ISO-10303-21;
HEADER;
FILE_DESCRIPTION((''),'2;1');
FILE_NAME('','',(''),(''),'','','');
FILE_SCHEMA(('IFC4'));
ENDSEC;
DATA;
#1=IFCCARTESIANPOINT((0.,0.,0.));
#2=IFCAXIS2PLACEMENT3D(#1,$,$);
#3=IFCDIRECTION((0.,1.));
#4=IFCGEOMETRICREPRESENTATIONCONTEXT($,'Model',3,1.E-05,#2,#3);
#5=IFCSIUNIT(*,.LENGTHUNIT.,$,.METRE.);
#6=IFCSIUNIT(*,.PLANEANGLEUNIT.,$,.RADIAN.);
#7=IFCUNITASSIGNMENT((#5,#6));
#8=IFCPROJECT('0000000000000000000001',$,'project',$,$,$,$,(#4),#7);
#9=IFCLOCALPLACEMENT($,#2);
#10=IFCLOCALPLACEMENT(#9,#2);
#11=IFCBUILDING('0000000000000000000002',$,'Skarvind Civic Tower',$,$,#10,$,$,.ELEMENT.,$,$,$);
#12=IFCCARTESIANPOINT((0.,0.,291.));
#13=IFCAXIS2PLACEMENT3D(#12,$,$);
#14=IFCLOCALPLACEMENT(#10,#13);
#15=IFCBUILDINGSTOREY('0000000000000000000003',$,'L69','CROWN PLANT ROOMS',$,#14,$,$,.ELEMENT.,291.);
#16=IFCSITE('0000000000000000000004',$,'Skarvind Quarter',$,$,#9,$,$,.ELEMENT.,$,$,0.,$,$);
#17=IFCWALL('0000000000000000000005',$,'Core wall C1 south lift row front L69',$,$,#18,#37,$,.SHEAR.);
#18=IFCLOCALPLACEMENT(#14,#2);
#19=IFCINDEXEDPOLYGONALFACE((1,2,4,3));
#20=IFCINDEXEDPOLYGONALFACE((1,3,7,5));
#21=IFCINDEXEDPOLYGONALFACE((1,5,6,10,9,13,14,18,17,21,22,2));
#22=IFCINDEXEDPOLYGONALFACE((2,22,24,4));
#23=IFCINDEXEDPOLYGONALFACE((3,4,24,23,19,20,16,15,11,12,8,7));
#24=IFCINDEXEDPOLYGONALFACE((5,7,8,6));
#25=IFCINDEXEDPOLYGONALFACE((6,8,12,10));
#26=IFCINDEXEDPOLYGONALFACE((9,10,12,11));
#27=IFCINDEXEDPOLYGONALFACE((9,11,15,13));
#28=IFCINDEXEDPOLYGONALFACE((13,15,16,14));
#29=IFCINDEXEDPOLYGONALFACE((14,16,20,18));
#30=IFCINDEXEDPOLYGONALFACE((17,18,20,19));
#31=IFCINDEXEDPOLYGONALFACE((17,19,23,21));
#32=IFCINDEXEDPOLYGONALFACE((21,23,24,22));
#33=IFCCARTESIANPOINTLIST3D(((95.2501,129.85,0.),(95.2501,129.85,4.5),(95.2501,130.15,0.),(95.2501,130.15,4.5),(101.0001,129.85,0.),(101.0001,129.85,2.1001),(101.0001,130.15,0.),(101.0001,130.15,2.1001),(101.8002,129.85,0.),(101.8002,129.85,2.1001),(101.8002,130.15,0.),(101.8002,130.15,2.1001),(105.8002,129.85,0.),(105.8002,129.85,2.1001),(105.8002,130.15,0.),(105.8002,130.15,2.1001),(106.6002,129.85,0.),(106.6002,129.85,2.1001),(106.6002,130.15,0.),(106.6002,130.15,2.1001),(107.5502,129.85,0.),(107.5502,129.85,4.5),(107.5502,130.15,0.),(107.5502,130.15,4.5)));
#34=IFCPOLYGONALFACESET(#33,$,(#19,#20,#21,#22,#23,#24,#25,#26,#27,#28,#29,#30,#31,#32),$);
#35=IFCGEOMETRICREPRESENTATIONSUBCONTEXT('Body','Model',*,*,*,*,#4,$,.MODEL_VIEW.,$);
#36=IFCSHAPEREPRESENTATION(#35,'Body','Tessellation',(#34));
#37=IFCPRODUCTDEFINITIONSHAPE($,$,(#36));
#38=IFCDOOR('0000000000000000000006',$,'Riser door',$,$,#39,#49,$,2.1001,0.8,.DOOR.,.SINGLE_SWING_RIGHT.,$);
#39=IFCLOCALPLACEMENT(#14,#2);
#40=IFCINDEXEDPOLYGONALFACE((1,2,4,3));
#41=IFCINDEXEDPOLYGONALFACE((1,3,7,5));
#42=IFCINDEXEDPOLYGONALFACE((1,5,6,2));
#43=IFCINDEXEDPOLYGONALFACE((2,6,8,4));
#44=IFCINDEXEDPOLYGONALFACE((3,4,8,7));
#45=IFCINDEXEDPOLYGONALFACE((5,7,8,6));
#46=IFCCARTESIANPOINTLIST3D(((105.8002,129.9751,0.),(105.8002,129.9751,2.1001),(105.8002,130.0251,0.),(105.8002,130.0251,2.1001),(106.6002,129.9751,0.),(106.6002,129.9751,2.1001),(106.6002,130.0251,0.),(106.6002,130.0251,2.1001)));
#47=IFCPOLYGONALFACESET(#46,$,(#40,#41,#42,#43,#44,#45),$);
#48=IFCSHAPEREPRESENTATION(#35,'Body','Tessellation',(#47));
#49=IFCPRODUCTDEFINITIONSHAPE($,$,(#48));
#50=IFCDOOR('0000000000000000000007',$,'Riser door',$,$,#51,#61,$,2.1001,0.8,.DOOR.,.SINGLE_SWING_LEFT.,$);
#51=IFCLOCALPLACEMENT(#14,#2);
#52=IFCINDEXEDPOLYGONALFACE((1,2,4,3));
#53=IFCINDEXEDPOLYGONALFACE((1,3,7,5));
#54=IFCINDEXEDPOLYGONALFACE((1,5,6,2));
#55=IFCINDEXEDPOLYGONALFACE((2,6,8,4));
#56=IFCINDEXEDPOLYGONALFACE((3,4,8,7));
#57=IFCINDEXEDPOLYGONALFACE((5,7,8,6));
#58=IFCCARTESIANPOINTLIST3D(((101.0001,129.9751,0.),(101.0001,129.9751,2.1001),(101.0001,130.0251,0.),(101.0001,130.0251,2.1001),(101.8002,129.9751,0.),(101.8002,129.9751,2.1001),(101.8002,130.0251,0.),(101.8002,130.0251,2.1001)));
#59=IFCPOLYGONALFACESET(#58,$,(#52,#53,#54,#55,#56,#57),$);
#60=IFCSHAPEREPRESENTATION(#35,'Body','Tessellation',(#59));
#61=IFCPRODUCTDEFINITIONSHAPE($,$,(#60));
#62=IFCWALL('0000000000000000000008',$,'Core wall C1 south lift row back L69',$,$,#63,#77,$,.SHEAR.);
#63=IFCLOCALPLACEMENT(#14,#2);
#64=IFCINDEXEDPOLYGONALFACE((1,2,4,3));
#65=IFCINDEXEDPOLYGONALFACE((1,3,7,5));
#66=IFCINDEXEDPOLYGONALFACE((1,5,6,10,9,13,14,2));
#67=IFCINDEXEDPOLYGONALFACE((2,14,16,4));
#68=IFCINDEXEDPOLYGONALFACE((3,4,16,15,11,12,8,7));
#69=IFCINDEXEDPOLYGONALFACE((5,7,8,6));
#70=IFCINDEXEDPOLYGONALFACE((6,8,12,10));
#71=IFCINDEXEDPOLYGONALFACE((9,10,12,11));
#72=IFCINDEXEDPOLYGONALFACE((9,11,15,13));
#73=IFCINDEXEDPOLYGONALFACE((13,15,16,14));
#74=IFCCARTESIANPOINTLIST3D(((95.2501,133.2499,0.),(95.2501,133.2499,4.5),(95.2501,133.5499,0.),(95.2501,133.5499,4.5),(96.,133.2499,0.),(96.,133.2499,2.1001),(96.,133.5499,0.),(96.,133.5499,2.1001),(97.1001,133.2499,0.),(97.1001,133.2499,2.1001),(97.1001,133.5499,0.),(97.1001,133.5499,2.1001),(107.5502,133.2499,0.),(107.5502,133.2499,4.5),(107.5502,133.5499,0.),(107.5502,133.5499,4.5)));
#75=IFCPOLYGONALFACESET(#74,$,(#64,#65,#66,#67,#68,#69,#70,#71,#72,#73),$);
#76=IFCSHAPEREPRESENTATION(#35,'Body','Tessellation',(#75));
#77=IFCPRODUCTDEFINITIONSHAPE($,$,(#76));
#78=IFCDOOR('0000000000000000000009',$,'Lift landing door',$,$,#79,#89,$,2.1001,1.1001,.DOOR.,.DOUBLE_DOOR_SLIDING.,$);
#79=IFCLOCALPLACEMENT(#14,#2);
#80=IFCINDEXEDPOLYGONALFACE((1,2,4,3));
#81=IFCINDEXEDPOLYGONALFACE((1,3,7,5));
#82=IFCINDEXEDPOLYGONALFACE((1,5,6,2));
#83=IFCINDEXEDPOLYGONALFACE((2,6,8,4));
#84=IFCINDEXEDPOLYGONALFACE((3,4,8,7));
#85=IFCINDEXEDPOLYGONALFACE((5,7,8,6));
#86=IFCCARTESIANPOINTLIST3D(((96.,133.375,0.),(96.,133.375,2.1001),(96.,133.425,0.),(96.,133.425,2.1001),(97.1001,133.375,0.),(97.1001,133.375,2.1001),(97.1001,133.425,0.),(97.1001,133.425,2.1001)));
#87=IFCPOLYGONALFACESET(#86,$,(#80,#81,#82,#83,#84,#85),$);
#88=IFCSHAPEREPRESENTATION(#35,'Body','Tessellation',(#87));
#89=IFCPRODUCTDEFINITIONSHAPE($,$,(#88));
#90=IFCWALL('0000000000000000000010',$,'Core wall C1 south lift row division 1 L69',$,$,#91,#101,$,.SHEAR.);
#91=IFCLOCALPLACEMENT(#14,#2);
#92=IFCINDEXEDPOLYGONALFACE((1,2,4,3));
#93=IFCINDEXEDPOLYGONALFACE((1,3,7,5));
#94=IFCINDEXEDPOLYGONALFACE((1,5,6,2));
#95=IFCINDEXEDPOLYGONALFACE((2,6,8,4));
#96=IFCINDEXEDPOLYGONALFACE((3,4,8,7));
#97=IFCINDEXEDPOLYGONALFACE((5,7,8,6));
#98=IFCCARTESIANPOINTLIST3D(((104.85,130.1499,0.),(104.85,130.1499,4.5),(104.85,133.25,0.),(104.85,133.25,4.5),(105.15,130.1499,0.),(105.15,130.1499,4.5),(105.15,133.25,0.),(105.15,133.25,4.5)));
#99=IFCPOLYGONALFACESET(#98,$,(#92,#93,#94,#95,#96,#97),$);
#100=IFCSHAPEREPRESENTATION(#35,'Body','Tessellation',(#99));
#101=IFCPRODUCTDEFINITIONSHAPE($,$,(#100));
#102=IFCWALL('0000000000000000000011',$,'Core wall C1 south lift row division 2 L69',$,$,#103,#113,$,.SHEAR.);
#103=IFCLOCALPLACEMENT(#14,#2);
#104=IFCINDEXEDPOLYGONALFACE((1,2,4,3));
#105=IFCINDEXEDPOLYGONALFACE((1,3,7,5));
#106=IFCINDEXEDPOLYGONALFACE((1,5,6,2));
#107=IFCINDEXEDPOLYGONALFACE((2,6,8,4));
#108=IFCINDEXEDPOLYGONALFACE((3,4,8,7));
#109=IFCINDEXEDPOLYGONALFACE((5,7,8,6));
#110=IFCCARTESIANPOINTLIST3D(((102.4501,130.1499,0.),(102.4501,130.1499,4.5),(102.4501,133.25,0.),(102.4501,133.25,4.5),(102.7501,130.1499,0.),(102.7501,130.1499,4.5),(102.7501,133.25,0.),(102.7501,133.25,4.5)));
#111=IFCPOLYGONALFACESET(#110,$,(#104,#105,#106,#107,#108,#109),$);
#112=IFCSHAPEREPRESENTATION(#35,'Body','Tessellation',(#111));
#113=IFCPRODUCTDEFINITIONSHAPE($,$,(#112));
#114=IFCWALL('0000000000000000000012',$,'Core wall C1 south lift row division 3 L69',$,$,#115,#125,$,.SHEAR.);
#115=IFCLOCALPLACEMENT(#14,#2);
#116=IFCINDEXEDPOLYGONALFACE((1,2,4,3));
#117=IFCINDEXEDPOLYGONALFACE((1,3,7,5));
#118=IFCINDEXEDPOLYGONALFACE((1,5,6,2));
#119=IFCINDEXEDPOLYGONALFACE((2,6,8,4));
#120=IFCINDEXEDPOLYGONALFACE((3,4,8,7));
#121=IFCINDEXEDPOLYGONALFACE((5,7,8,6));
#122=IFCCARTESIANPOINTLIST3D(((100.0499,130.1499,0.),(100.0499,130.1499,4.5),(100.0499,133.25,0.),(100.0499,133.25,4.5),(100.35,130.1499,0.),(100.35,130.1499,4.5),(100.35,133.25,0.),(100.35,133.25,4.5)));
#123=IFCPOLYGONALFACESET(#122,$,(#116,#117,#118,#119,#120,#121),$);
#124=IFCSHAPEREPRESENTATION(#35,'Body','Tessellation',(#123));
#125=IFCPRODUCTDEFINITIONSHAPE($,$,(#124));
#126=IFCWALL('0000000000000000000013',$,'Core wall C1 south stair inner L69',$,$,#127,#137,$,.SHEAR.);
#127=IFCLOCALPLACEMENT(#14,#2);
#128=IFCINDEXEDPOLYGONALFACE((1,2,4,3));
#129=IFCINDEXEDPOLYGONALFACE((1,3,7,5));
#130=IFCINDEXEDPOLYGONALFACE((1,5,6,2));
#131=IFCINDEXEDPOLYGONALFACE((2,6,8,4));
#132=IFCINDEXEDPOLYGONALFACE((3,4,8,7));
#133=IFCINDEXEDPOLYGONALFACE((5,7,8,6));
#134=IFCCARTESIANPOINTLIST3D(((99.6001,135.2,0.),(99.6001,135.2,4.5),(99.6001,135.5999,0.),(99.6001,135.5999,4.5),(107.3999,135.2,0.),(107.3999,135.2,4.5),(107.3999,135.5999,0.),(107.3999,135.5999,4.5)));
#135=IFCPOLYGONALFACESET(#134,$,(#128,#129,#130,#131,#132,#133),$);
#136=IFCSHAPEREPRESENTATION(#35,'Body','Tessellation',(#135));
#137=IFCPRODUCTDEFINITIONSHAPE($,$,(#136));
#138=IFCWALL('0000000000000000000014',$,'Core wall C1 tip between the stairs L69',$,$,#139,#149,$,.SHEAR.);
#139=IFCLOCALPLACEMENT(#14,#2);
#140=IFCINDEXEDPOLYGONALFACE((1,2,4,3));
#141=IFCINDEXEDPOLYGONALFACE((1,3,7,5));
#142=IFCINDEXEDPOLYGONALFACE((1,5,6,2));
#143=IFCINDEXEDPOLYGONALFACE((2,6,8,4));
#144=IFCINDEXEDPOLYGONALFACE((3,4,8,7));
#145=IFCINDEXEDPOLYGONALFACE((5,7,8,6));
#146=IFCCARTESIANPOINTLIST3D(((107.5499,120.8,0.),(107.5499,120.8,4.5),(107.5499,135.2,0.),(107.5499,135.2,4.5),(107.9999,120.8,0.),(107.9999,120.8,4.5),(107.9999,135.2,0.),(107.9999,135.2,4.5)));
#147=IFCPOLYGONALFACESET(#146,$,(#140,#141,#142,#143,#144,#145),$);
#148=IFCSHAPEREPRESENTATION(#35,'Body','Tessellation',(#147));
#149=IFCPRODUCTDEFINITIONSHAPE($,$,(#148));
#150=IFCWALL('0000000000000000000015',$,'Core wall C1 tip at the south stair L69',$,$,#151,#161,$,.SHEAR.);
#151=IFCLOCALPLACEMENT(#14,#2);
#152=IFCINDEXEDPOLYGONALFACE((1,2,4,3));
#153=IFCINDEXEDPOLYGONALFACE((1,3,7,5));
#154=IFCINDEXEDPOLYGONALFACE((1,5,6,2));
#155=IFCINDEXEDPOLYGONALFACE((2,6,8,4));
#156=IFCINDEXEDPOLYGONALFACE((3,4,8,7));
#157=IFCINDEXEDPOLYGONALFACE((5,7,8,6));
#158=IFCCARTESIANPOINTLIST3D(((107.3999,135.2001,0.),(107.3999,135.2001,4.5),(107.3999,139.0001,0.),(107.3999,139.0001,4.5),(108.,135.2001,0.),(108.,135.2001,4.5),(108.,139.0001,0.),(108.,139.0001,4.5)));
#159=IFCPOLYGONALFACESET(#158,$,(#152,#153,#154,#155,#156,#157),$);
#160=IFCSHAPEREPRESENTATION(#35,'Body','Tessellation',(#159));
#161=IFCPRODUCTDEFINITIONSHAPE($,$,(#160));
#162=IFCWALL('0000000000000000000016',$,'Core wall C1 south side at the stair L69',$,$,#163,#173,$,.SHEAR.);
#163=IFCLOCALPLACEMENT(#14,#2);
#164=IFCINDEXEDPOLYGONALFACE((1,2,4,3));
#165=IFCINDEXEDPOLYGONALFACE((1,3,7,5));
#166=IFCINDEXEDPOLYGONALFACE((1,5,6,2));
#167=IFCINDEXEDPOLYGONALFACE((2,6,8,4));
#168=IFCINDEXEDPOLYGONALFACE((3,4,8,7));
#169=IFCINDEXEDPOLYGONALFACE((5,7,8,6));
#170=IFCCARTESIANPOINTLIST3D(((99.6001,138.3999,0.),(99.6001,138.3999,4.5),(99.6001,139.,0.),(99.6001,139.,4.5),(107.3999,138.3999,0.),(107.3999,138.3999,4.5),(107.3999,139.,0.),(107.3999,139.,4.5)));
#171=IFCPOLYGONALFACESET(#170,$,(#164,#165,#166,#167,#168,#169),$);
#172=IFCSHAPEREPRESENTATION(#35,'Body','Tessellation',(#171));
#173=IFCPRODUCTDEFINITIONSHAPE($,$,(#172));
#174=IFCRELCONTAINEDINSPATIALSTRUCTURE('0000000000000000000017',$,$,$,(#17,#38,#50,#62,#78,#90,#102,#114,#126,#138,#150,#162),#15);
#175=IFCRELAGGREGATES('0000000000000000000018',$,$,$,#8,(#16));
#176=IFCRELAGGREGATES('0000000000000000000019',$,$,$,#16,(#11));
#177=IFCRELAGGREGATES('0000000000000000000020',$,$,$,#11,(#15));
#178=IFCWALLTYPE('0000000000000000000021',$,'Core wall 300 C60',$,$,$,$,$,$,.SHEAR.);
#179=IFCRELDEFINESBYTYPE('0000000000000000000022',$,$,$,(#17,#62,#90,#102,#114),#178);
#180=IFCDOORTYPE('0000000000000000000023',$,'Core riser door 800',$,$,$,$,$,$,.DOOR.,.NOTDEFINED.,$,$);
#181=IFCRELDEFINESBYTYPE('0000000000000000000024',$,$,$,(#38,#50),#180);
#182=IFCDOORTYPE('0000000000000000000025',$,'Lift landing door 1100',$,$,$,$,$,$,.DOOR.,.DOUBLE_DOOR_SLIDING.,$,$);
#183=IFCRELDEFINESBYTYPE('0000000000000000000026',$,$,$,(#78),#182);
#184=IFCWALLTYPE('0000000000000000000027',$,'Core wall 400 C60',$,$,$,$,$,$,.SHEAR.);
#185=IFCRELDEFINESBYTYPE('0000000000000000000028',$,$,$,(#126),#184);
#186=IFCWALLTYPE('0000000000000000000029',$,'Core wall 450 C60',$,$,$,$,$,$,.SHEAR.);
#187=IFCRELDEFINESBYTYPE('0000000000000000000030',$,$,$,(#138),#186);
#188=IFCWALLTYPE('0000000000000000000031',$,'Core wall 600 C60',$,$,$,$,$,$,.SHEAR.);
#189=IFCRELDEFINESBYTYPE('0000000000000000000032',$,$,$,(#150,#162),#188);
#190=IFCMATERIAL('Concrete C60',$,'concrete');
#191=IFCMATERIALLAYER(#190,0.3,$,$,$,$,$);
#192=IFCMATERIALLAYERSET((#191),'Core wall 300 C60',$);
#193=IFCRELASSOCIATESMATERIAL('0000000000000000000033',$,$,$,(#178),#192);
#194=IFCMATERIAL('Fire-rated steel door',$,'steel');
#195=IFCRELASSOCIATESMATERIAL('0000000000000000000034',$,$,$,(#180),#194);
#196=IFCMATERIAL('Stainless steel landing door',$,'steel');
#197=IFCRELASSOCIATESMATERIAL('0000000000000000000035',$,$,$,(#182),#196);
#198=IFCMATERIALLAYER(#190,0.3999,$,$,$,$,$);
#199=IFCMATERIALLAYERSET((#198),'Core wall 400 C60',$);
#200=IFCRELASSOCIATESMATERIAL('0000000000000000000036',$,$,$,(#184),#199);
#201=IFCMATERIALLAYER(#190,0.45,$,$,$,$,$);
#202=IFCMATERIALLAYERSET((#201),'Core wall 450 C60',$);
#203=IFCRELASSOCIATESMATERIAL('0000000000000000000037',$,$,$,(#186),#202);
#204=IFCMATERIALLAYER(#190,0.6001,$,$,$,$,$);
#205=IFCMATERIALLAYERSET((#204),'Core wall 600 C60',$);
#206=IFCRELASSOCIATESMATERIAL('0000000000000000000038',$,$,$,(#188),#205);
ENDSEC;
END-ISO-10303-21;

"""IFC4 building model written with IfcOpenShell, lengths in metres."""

from ifc_helpers import new_model, si_unit, direction, frame, frame_2d, origin, place, context, subcontext, project, spatial, rectangle, extrude, material, layer, layer_set, type_object, element, fill, save


model = new_model("IFC4")

# Units and contexts
model_context = context("Model", 3, precision=1e-05, world=origin(), true_north=direction((0.0, 1.0)))
body_context = subcontext(model_context, "Body", "Model", "MODEL_VIEW")
ifc_project = project(units=[si_unit("LENGTHUNIT", "METRE"), si_unit("PLANEANGLEUNIT", "RADIAN")], contexts=[model_context])

# Site, building, storey
site_placement = place(None, origin())
site = spatial("IfcSite", under=ifc_project, at=site_placement, Name="Skarvind Quarter", CompositionType="ELEMENT", RefElevation=0.0)
building_placement = place(site_placement, origin())
building = spatial("IfcBuilding", under=site, at=building_placement, Name="Skarvind Civic Tower", CompositionType="ELEMENT")
storey_placement = place(building_placement, frame((0.0, 0.0, 291.0)))
storey = spatial("IfcBuildingStorey", under=building, at=storey_placement, Name="L69", Description="CROWN PLANT ROOMS", CompositionType="ELEMENT", Elevation=291.0)

# Wall, openings, doors
ifc_material_1 = material(Name="Concrete C60", Category="concrete")
ifc_layer_1 = layer(ifc_material_1, 0.3)
ifc_layer_set_1 = layer_set([ifc_layer_1], Name="Core wall 300 C60")
wall_type_1 = type_object("IfcWallType", Name="Core wall 300 C60", PredefinedType="SHEAR", material=ifc_layer_set_1)
wall_1_placement = place(storey_placement, frame((107.55, 130.0, 0.0), z_axis=(0.0, 0.0, 1.0), x_axis=(-1.0, 0.0, 0.0)))
wall_1 = element("IfcWall", 1, at=wall_1_placement, inside=storey, type_object=wall_type_1, Name="Core wall C1 south lift row front L69", PredefinedType="SHEAR", context=body_context, shape_type="SweptSolid", body=[
    extrude(rectangle(XDim=12.3, YDim=0.3, at=frame_2d((6.1499, 0.0))), origin(), (0.0, 0.0, 1.0), 4.5),
])
opening_1_placement = place(wall_1_placement, frame((0.95, 0.0, 0.0)))
opening_1 = element("IfcOpeningElement", 2, at=opening_1_placement, cuts=wall_1, PredefinedType="OPENING", context=body_context, shape_type="SweptSolid", body=[
    extrude(rectangle(XDim=0.8, YDim=2.1001, at=frame_2d((0.3999, 1.05))), frame((0.0, 0.1599, 0.0), z_axis=(0.0, -1.0, 0.0), x_axis=(1.0, 0.0, 0.0)), (0.0, 0.0, 1.0), 0.3201),
])
opening_2_placement = place(wall_1_placement, frame((5.75, 0.0, 0.0)))
opening_2 = element("IfcOpeningElement", 3, at=opening_2_placement, cuts=wall_1, PredefinedType="OPENING", context=body_context, shape_type="SweptSolid", body=[
    extrude(rectangle(XDim=0.8, YDim=2.1001, at=frame_2d((0.3999, 1.05))), frame((0.0, 0.1599, 0.0), z_axis=(0.0, -1.0, 0.0), x_axis=(1.0, 0.0, 0.0)), (0.0, 0.0, 1.0), 0.3201),
])
ifc_material_2 = material(Name="Fire-rated steel door", Category="steel")
door_type_1 = type_object("IfcDoorType", Name="Core riser door 800", OperationType="NOTDEFINED", PredefinedType="DOOR", material=ifc_material_2)
door_1_placement = place(opening_1_placement, origin())
door_1 = element("IfcDoor", 4, at=door_1_placement, inside=storey, type_object=door_type_1, Name="Riser door", OperationType="SINGLE_SWING_RIGHT", OverallHeight=2.1001, OverallWidth=0.8, PredefinedType="DOOR", context=body_context, shape_type="SweptSolid", body=[
    extrude(rectangle(XDim=0.8, YDim=2.1001, at=frame_2d((0.3999, 1.05))), frame((0.0, 0.0249, 0.0), z_axis=(0.0, -1.0, 0.0), x_axis=(1.0, 0.0, 0.0)), (0.0, 0.0, 1.0), 0.05),
])
fill(opening_1, door_1)
door_2_placement = place(opening_2_placement, origin())
door_2 = element("IfcDoor", 5, at=door_2_placement, inside=storey, type_object=door_type_1, Name="Riser door", OperationType="SINGLE_SWING_LEFT", OverallHeight=2.1001, OverallWidth=0.8, PredefinedType="DOOR", context=body_context, shape_type="SweptSolid", body=[
    extrude(rectangle(XDim=0.8, YDim=2.1001, at=frame_2d((0.3999, 1.05))), frame((0.0, 0.0249, 0.0), z_axis=(0.0, -1.0, 0.0), x_axis=(1.0, 0.0, 0.0)), (0.0, 0.0, 1.0), 0.05),
])
fill(opening_2, door_2)

# Wall, opening, door
wall_2_placement = place(storey_placement, frame((107.55, 133.3999, 0.0), z_axis=(0.0, 0.0, 1.0), x_axis=(-1.0, 0.0, 0.0)))
wall_2 = element("IfcWall", 6, at=wall_2_placement, inside=storey, type_object=wall_type_1, Name="Core wall C1 south lift row back L69", PredefinedType="SHEAR", context=body_context, shape_type="SweptSolid", body=[
    extrude(rectangle(XDim=12.3, YDim=0.3, at=frame_2d((6.1499, 0.0))), origin(), (0.0, 0.0, 1.0), 4.5),
])
opening_3_placement = place(wall_2_placement, frame((10.45, 0.0, 0.0)))
opening_3 = element("IfcOpeningElement", 7, at=opening_3_placement, cuts=wall_2, PredefinedType="OPENING", context=body_context, shape_type="SweptSolid", body=[
    extrude(rectangle(XDim=1.1001, YDim=2.1001, at=frame_2d((0.55, 1.05))), frame((0.0, 0.1599, 0.0), z_axis=(0.0, -1.0, 0.0), x_axis=(1.0, 0.0, 0.0)), (0.0, 0.0, 1.0), 0.3201),
])
ifc_material_3 = material(Name="Stainless steel landing door", Category="steel")
door_type_2 = type_object("IfcDoorType", Name="Lift landing door 1100", OperationType="DOUBLE_DOOR_SLIDING", PredefinedType="DOOR", material=ifc_material_3)
door_3_placement = place(opening_3_placement, origin())
door_3 = element("IfcDoor", 8, at=door_3_placement, inside=storey, type_object=door_type_2, Name="Lift landing door", OperationType="DOUBLE_DOOR_SLIDING", OverallHeight=2.1001, OverallWidth=1.1001, PredefinedType="DOOR", context=body_context, shape_type="SweptSolid", body=[
    extrude(rectangle(XDim=1.1001, YDim=2.1001, at=frame_2d((0.55, 1.05))), frame((0.0, 0.0249, 0.0), z_axis=(0.0, -1.0, 0.0), x_axis=(1.0, 0.0, 0.0)), (0.0, 0.0, 1.0), 0.05),
])
fill(opening_3, door_3)

# Walls
for number, where, z_axis, x_axis, name in (
    (9, (105.0, 133.25, 0.0), (0.0, 0.0, 1.0), (0.0, -1.0, 0.0), "Core wall C1 south lift row division 1 L69"),
    (10, (102.6001, 133.25, 0.0), (0.0, 0.0, 1.0), (0.0, -1.0, 0.0), "Core wall C1 south lift row division 2 L69"),
    (11, (100.2, 133.25, 0.0), (0.0, 0.0, 1.0), (0.0, -1.0, 0.0), "Core wall C1 south lift row division 3 L69"),
):
    element("IfcWall", number, at=place(storey_placement, frame(where, z_axis=z_axis, x_axis=x_axis)), inside=storey, type_object=wall_type_1, Name=name, PredefinedType="SHEAR", context=body_context, shape_type="SweptSolid", body=[
        extrude(rectangle(XDim=3.1001, YDim=0.3, at=frame_2d((1.55, 0.0))), origin(), (0.0, 0.0, 1.0), 4.5),
    ])
ifc_layer_2 = layer(ifc_material_1, 0.3999)
ifc_layer_set_2 = layer_set([ifc_layer_2], Name="Core wall 400 C60")
wall_type_2 = type_object("IfcWallType", Name="Core wall 400 C60", PredefinedType="SHEAR", material=ifc_layer_set_2)
wall_3_placement = place(storey_placement, frame((107.3999, 135.3999, 0.0), z_axis=(0.0, 0.0, 1.0), x_axis=(-1.0, 0.0, 0.0)))
element("IfcWall", 12, at=wall_3_placement, inside=storey, type_object=wall_type_2, Name="Core wall C1 south stair inner L69", PredefinedType="SHEAR", context=body_context, shape_type="SweptSolid", body=[
    extrude(rectangle(XDim=7.7998, YDim=0.3999, at=frame_2d((3.8999, 0.0))), origin(), (0.0, 0.0, 1.0), 4.5),
])
ifc_layer_3 = layer(ifc_material_1, 0.45)
ifc_layer_set_3 = layer_set([ifc_layer_3], Name="Core wall 450 C60")
wall_type_3 = type_object("IfcWallType", Name="Core wall 450 C60", PredefinedType="SHEAR", material=ifc_layer_set_3)
wall_4_placement = place(storey_placement, frame((107.7749, 135.2, 0.0), z_axis=(0.0, 0.0, 1.0), x_axis=(0.0, -1.0, 0.0)))
element("IfcWall", 13, at=wall_4_placement, inside=storey, type_object=wall_type_3, Name="Core wall C1 tip between the stairs L69", PredefinedType="SHEAR", context=body_context, shape_type="SweptSolid", body=[
    extrude(rectangle(XDim=14.3999, YDim=0.45, at=frame_2d((7.2, 0.0))), origin(), (0.0, 0.0, 1.0), 4.5),
])
ifc_layer_4 = layer(ifc_material_1, 0.6001)
ifc_layer_set_4 = layer_set([ifc_layer_4], Name="Core wall 600 C60")
wall_type_4 = type_object("IfcWallType", Name="Core wall 600 C60", PredefinedType="SHEAR", material=ifc_layer_set_4)
wall_5_placement = place(storey_placement, frame((107.7, 139.0, 0.0), z_axis=(0.0, 0.0, 1.0), x_axis=(0.0, -1.0, 0.0)))
element("IfcWall", 14, at=wall_5_placement, inside=storey, type_object=wall_type_4, Name="Core wall C1 tip at the south stair L69", PredefinedType="SHEAR", context=body_context, shape_type="SweptSolid", body=[
    extrude(rectangle(XDim=3.8, YDim=0.6001, at=frame_2d((1.8999, 0.0))), origin(), (0.0, 0.0, 1.0), 4.5),
])
wall_6_placement = place(storey_placement, frame((107.3999, 138.7, 0.0), z_axis=(0.0, 0.0, 1.0), x_axis=(-1.0, 0.0, 0.0)))
element("IfcWall", 15, at=wall_6_placement, inside=storey, type_object=wall_type_4, Name="Core wall C1 south side at the stair L69", PredefinedType="SHEAR", context=body_context, shape_type="SweptSolid", body=[
    extrude(rectangle(XDim=7.7998, YDim=0.6001, at=frame_2d((3.8999, 0.0))), origin(), (0.0, 0.0, 1.0), 4.5),
])

save(model, "model.ifc")
